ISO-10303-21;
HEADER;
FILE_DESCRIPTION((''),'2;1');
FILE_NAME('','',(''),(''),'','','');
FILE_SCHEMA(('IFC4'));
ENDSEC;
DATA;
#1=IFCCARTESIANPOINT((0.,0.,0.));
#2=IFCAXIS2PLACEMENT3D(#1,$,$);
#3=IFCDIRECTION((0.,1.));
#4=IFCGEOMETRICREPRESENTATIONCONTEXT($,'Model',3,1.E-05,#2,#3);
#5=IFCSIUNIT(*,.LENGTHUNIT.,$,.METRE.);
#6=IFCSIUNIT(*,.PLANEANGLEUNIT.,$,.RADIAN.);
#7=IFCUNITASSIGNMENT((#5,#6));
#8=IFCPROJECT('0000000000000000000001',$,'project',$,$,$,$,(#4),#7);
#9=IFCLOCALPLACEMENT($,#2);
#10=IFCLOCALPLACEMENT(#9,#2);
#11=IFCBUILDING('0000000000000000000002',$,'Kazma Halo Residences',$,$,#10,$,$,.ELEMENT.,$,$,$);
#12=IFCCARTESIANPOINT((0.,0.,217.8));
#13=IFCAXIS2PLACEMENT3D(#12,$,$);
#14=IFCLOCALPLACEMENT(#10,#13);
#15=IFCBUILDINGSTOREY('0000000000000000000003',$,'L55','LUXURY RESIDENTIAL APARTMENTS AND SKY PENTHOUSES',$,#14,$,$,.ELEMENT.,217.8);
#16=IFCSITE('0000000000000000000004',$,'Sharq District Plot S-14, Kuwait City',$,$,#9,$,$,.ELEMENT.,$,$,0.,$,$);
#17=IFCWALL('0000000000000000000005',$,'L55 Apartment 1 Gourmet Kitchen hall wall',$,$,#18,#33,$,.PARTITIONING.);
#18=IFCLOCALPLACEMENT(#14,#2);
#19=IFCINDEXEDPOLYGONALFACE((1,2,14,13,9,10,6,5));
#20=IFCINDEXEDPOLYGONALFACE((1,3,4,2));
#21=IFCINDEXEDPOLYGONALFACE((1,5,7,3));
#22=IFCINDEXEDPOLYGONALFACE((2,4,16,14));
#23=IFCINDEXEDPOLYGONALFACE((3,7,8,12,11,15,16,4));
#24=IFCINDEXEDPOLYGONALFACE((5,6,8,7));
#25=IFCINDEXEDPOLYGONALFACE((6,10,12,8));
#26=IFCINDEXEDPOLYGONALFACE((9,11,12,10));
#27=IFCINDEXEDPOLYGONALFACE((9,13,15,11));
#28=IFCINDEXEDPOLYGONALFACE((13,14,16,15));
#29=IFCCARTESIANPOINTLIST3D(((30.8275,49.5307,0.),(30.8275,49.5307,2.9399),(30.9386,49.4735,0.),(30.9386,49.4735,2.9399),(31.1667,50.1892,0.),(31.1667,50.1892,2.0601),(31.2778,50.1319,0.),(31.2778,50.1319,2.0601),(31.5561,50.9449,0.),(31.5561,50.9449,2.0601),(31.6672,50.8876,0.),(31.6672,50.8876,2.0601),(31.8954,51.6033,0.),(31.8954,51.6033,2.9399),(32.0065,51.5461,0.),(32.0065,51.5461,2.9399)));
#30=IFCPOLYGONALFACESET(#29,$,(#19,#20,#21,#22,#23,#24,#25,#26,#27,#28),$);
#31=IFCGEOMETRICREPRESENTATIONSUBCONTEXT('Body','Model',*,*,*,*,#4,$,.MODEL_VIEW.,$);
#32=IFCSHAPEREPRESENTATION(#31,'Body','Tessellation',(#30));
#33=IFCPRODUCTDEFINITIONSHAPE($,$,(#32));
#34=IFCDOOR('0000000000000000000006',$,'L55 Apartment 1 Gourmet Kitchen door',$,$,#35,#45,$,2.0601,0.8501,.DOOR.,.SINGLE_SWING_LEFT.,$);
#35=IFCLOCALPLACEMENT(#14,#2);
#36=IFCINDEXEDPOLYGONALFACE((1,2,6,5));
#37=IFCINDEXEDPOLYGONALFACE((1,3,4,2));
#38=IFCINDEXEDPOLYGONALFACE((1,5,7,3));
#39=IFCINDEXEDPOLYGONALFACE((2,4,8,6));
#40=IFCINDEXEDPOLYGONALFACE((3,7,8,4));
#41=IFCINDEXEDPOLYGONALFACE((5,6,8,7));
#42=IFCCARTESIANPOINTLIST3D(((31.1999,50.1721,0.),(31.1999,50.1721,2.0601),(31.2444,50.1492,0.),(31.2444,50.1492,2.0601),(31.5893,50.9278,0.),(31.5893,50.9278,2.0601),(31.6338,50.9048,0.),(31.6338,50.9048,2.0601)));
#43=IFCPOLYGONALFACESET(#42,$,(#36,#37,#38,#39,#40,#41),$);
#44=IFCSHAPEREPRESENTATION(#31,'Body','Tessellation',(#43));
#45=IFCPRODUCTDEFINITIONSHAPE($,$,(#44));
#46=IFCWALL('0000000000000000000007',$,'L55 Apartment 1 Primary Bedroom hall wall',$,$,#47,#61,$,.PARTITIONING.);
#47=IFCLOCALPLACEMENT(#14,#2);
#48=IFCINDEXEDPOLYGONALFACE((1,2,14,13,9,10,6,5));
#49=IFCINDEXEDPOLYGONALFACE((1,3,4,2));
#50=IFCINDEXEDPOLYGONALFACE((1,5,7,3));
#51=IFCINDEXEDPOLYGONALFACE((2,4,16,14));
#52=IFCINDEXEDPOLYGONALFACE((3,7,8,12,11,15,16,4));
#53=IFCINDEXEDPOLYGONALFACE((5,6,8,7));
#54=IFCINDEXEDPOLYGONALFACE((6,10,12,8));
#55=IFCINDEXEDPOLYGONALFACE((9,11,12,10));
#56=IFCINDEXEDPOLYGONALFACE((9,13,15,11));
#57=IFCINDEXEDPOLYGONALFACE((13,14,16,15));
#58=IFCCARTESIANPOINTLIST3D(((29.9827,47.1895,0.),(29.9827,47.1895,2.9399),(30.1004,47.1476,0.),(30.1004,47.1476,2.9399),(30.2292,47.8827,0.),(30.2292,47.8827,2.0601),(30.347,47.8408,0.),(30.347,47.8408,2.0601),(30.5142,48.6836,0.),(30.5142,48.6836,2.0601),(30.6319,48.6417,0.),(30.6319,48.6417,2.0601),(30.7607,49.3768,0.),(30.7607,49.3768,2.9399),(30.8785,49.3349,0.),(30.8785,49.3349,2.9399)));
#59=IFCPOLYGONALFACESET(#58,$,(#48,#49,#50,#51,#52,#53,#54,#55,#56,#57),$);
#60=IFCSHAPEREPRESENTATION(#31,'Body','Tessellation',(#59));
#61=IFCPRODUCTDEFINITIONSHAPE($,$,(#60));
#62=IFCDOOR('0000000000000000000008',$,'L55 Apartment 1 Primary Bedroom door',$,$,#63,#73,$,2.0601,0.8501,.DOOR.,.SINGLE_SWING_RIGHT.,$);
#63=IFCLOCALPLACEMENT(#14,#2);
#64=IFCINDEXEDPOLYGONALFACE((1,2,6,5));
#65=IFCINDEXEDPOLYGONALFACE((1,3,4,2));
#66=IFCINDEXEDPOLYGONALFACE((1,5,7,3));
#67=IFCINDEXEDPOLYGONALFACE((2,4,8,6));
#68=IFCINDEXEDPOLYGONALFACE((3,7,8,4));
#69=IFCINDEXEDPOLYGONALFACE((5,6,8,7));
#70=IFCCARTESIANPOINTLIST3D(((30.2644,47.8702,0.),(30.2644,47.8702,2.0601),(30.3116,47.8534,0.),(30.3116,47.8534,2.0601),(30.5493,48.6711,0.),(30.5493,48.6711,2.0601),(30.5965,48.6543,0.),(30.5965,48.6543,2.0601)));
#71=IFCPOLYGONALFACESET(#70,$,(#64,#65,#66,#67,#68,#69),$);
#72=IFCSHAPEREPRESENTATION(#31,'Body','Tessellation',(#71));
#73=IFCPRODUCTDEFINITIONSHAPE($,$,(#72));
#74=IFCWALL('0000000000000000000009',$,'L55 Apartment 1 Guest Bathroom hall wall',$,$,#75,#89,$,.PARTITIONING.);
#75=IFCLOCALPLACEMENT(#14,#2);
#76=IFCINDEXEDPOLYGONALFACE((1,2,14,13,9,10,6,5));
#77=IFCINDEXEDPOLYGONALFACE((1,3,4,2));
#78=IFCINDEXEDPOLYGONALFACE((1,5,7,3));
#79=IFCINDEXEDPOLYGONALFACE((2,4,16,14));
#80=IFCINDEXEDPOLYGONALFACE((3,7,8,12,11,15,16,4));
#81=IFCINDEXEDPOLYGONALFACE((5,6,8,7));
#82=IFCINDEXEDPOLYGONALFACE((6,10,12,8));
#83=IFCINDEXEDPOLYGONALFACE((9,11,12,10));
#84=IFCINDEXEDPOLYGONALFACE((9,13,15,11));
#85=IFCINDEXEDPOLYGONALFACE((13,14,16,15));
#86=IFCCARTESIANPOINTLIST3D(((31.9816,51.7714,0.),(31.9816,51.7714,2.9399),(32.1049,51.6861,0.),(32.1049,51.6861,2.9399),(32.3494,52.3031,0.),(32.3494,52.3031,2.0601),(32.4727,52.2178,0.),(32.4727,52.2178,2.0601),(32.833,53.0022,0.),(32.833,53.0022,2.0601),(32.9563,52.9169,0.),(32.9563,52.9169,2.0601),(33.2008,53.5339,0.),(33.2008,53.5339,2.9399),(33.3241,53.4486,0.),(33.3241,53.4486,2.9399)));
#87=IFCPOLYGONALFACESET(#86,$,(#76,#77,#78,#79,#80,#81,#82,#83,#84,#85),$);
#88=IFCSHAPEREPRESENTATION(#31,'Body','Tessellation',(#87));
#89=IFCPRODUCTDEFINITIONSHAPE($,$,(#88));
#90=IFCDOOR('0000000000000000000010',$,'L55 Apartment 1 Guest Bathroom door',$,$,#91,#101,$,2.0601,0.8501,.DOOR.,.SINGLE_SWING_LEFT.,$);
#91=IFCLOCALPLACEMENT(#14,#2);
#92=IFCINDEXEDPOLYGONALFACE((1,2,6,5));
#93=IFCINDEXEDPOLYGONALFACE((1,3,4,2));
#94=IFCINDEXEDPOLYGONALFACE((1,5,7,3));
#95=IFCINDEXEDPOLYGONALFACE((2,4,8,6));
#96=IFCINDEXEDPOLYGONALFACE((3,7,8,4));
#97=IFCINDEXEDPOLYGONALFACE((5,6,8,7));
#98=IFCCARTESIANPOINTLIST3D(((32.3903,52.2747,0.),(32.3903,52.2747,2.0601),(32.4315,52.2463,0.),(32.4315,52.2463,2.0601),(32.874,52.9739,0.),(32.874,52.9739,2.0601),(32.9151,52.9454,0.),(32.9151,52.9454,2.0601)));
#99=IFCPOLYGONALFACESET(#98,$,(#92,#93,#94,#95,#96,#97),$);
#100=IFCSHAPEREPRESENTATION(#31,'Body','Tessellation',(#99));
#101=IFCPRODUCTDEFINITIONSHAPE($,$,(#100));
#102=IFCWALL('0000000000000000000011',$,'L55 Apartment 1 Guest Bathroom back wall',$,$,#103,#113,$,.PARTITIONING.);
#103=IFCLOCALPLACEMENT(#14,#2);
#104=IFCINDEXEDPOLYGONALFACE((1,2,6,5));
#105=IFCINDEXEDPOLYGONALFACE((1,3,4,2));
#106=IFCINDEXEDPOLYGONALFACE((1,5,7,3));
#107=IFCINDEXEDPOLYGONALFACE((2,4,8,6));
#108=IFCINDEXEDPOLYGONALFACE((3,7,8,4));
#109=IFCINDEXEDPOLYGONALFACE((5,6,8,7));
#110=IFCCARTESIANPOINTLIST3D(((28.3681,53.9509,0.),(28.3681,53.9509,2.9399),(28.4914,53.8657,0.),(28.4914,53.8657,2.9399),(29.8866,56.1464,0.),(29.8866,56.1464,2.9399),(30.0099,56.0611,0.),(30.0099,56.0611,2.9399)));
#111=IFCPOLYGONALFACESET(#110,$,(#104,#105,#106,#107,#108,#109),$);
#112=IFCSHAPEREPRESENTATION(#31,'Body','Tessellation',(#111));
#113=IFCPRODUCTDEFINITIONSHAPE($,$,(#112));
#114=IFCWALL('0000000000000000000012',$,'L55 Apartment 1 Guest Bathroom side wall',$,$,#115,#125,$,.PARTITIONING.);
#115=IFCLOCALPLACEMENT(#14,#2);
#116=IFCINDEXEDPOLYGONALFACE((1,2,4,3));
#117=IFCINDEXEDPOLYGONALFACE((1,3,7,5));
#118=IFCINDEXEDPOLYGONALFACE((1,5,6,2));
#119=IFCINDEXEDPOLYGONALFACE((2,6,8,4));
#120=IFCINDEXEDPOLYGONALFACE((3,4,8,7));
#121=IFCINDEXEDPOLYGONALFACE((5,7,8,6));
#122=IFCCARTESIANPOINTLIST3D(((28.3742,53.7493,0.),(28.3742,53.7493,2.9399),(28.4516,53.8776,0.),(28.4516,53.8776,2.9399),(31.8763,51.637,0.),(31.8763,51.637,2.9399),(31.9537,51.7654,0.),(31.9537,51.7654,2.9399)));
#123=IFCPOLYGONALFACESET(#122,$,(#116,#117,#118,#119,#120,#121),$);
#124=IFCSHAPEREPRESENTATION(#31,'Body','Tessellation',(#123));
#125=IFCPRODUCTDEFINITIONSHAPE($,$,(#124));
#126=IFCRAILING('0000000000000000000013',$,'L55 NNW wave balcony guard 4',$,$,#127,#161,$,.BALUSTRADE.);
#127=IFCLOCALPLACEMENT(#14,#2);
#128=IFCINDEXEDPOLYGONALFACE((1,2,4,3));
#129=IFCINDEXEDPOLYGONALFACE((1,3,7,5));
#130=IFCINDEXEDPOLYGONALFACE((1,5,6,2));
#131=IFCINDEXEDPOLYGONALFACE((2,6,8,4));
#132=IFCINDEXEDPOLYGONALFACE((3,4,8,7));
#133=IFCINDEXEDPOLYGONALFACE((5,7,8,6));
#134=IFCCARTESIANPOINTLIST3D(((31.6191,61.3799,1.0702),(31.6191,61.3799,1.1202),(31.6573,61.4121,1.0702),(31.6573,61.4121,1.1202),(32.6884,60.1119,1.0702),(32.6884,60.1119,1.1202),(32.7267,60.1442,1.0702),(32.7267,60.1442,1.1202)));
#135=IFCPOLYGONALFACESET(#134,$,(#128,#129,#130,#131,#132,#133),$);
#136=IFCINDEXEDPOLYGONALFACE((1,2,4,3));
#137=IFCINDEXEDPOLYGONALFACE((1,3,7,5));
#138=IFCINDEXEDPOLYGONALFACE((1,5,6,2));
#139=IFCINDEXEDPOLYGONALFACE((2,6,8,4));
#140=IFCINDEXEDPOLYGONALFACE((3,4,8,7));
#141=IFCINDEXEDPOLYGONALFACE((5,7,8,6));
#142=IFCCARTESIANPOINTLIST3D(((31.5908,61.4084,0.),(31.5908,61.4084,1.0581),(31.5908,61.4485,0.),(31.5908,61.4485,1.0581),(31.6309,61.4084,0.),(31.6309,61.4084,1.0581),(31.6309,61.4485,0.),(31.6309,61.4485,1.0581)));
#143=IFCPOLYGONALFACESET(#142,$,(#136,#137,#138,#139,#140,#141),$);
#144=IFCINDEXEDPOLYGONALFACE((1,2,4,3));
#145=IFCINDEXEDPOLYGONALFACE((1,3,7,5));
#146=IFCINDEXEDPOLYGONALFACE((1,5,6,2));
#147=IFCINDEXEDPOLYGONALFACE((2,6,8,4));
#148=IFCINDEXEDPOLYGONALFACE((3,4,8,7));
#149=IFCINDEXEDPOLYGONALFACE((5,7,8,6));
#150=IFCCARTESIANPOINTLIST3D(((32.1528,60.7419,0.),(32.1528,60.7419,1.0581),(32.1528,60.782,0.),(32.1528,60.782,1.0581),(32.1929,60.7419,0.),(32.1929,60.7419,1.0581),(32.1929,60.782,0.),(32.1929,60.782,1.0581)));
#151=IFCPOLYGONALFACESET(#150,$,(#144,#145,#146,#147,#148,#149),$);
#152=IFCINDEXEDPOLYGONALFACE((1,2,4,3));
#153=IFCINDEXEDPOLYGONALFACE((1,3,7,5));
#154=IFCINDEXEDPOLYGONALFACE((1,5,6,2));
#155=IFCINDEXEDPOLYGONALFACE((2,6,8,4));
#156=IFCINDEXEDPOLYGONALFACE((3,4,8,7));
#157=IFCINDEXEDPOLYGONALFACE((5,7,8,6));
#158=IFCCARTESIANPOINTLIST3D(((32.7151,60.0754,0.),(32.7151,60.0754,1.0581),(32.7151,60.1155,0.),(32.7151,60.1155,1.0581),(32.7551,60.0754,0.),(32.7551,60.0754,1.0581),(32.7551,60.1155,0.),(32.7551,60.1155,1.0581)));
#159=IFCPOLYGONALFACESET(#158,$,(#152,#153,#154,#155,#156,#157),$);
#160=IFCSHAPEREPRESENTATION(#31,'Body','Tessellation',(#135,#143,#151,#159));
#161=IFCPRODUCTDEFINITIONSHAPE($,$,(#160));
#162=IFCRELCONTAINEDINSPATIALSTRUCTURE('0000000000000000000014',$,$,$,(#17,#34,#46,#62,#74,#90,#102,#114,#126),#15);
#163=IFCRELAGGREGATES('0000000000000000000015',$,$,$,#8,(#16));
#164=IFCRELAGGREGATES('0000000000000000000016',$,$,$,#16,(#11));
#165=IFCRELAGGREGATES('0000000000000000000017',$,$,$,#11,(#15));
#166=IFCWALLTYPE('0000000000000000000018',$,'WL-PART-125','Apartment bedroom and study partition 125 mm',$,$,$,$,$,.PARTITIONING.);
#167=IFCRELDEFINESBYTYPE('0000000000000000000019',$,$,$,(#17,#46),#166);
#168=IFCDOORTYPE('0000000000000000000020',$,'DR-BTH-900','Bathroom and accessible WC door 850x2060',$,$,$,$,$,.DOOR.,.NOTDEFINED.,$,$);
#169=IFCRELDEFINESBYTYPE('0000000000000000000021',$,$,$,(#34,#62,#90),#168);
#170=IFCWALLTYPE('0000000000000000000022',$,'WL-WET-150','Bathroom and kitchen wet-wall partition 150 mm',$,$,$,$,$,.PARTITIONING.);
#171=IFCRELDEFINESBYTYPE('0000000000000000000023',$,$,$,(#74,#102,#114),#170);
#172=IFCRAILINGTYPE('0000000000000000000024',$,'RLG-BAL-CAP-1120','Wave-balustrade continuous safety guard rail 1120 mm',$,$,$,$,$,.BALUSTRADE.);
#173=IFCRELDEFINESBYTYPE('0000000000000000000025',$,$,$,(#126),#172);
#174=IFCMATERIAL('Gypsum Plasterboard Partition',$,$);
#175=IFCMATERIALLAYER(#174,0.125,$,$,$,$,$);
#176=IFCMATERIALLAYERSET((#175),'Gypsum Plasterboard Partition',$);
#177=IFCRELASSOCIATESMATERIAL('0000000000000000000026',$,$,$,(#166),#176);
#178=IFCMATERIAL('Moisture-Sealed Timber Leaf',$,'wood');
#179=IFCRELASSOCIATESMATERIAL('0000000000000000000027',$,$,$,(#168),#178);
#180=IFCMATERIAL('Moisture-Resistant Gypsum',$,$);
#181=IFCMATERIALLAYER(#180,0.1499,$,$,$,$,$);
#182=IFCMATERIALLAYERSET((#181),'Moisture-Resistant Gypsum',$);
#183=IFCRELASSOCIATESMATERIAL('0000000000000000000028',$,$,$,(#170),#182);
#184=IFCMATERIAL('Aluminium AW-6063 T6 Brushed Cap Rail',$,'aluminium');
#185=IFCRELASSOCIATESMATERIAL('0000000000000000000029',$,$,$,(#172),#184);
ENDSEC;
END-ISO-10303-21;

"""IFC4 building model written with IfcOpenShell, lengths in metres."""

from ifc_helpers import new_model, si_unit, direction, frame, frame_2d, origin, origin_2d, place, context, subcontext, project, spatial, rectangle, extrude, material, layer, layer_set, type_object, element, fill, save


model = new_model("IFC4")

# Units and contexts
model_context = context("Model", 3, precision=1e-05, world=origin(), true_north=direction((0.0, 1.0)))
body_context = subcontext(model_context, "Body", "Model", "MODEL_VIEW")
ifc_project = project(units=[si_unit("LENGTHUNIT", "METRE"), si_unit("PLANEANGLEUNIT", "RADIAN")], contexts=[model_context])

# Site, building, storey
site_placement = place(None, origin())
site = spatial("IfcSite", under=ifc_project, at=site_placement, Name="Sharq District Plot S-14, Kuwait City", CompositionType="ELEMENT", RefElevation=0.0)
building_placement = place(site_placement, origin())
building = spatial("IfcBuilding", under=site, at=building_placement, Name="Kazma Halo Residences", CompositionType="ELEMENT")
storey_placement = place(building_placement, frame((0.0, 0.0, 217.8)))
storey = spatial("IfcBuildingStorey", under=building, at=storey_placement, Name="L55", Description="LUXURY RESIDENTIAL APARTMENTS AND SKY PENTHOUSES", CompositionType="ELEMENT", Elevation=217.8)

# Shared definitions
ifc_material_1 = material(Name="Gypsum Plasterboard Partition")
ifc_layer_1 = layer(ifc_material_1, 0.125)
ifc_layer_set_1 = layer_set([ifc_layer_1], Name="Gypsum Plasterboard Partition")
wall_type_1 = type_object("IfcWallType", Name="WL-PART-125", Description="Apartment bedroom and study partition 125 mm", PredefinedType="PARTITIONING", material=ifc_layer_set_1)

# Shared definitions
ifc_material_2 = material(Name="Moisture-Sealed Timber Leaf", Category="wood")
door_type_1 = type_object("IfcDoorType", Name="DR-BTH-900", Description="Bathroom and accessible WC door 850x2060", OperationType="NOTDEFINED", PredefinedType="DOOR", material=ifc_material_2)

# Walls, openings, doors
wall_1_placement = place(storey_placement, frame((31.9509, 51.5747, 0.0), z_axis=(0.0, 0.0, 1.0), x_axis=(-0.458029, -0.888937, 0.0)))
wall_1 = element("IfcWall", 1, at=wall_1_placement, inside=storey, type_object=wall_type_1, Name="L55 Apartment 1 Gourmet Kitchen hall wall", PredefinedType="PARTITIONING", context=body_context, shape_type="SweptSolid", body=[
    extrude(rectangle(XDim=2.3315, YDim=0.125, at=frame_2d((1.1658, 0.0))), origin(), (0.0, 0.0, 1.0), 2.9399),
])
opening_1_placement = place(wall_1_placement, frame((0.7407, 0.0, 0.0)))
opening_1 = element("IfcOpeningElement", 2, at=opening_1_placement, cuts=wall_1, PredefinedType="OPENING", context=body_context, shape_type="SweptSolid", body=[
    extrude(rectangle(XDim=0.8501, YDim=2.0601, at=frame_2d((0.425, 1.03))), frame((0.0, 0.0725, 0.0), z_axis=(0.0, -1.0, 0.0), x_axis=(1.0, 0.0, 0.0)), (0.0, 0.0, 1.0), 0.145),
])
door_1_placement = place(opening_1_placement, origin())
door_1 = element("IfcDoor", 3, at=door_1_placement, inside=storey, type_object=door_type_1, Name="L55 Apartment 1 Gourmet Kitchen door", OperationType="SINGLE_SWING_LEFT", OverallHeight=2.0601, OverallWidth=0.8501, PredefinedType="DOOR", context=body_context, shape_type="SweptSolid", body=[
    extrude(rectangle(XDim=0.8501, YDim=2.0601, at=frame_2d((0.425, 1.03))), frame((0.0, 0.0249, 0.0), z_axis=(0.0, -1.0, 0.0), x_axis=(1.0, 0.0, 0.0)), (0.0, 0.0, 1.0), 0.05),
])
fill(opening_1, door_1)
wall_2_placement = place(storey_placement, frame((30.8196, 49.3557, 0.0), z_axis=(0.0, 0.0, 1.0), x_axis=(-0.335157, -0.942162, 0.0)))
wall_2 = element("IfcWall", 4, at=wall_2_placement, inside=storey, type_object=wall_type_1, Name="L55 Apartment 1 Primary Bedroom hall wall", PredefinedType="PARTITIONING", context=body_context, shape_type="SweptSolid", body=[
    extrude(rectangle(XDim=2.3215, YDim=0.125, at=frame_2d((1.1606, 0.0))), origin(), (0.0, 0.0, 1.0), 2.9399),
])
opening_2_placement = place(wall_2_placement, frame((0.7356, 0.0, 0.0)))
opening_2 = element("IfcOpeningElement", 5, at=opening_2_placement, cuts=wall_2, PredefinedType="OPENING", context=body_context, shape_type="SweptSolid", body=[
    extrude(rectangle(XDim=0.8501, YDim=2.0601, at=frame_2d((0.425, 1.03))), frame((0.0, 0.0725, 0.0), z_axis=(0.0, -1.0, 0.0), x_axis=(1.0, 0.0, 0.0)), (0.0, 0.0, 1.0), 0.145),
])
door_2_placement = place(opening_2_placement, origin())
door_2 = element("IfcDoor", 6, at=door_2_placement, inside=storey, type_object=door_type_1, Name="L55 Apartment 1 Primary Bedroom door", OperationType="SINGLE_SWING_RIGHT", OverallHeight=2.0601, OverallWidth=0.8501, PredefinedType="DOOR", context=body_context, shape_type="SweptSolid", body=[
    extrude(rectangle(XDim=0.8501, YDim=2.0601, at=frame_2d((0.425, 1.03))), frame((0.0, 0.0249, 0.0), z_axis=(0.0, -1.0, 0.0), x_axis=(1.0, 0.0, 0.0)), (0.0, 0.0, 1.0), 0.05),
])
fill(opening_2, door_2)
ifc_material_3 = material(Name="Moisture-Resistant Gypsum")
ifc_layer_2 = layer(ifc_material_3, 0.1499)
ifc_layer_set_2 = layer_set([ifc_layer_2], Name="Moisture-Resistant Gypsum")
wall_type_2 = type_object("IfcWallType", Name="WL-WET-150", Description="Bathroom and kitchen wet-wall partition 150 mm", PredefinedType="PARTITIONING", material=ifc_layer_set_2)
wall_3_placement = place(storey_placement, frame((33.2625, 53.4912, 0.0), z_axis=(0.0, 0.0, 1.0), x_axis=(-0.56892, -0.822393, 0.0)))
wall_3 = element("IfcWall", 7, at=wall_3_placement, inside=storey, type_object=wall_type_2, Name="L55 Apartment 1 Guest Bathroom hall wall", PredefinedType="PARTITIONING", context=body_context, shape_type="SweptSolid", body=[
    extrude(rectangle(XDim=2.1431, YDim=0.1499, at=frame_2d((1.0715, 0.0))), origin(), (0.0, 0.0, 1.0), 2.9399),
])
opening_3_placement = place(wall_3_placement, frame((0.6465, 0.0, 0.0)))
opening_3 = element("IfcOpeningElement", 8, at=opening_3_placement, cuts=wall_3, PredefinedType="OPENING", context=body_context, shape_type="SweptSolid", body=[
    extrude(rectangle(XDim=0.8501, YDim=2.0601, at=frame_2d((0.425, 1.03))), frame((0.0, 0.085, 0.0), z_axis=(0.0, -1.0, 0.0), x_axis=(1.0, 0.0, 0.0)), (0.0, 0.0, 1.0), 0.1699),
])
door_3_placement = place(opening_3_placement, origin())
door_3 = element("IfcDoor", 9, at=door_3_placement, inside=storey, type_object=door_type_1, Name="L55 Apartment 1 Guest Bathroom door", OperationType="SINGLE_SWING_LEFT", OverallHeight=2.0601, OverallWidth=0.8501, PredefinedType="DOOR", context=body_context, shape_type="SweptSolid", body=[
    extrude(rectangle(XDim=0.8501, YDim=2.0601, at=frame_2d((0.425, 1.03))), frame((0.0, 0.0249, 0.0), z_axis=(0.0, -1.0, 0.0), x_axis=(1.0, 0.0, 0.0)), (0.0, 0.0, 1.0), 0.05),
])
fill(opening_3, door_3)

# Walls
wall_4_placement = place(storey_placement, frame((29.9482, 56.1038, 0.0), z_axis=(0.0, 0.0, 1.0), x_axis=(-0.568844, -0.822446, 0.0)))
element("IfcWall", 10, at=wall_4_placement, inside=storey, type_object=wall_type_2, Name="L55 Apartment 1 Guest Bathroom back wall", PredefinedType="PARTITIONING", context=body_context, shape_type="SweptSolid", body=[
    extrude(rectangle(XDim=2.6694, YDim=0.1499, at=frame_2d((1.3347, 0.0))), origin(), (0.0, 0.0, 1.0), 2.9399),
])
wall_5_placement = place(storey_placement, frame((31.915, 51.7012, 0.0), z_axis=(0.0, 0.0, 1.0), x_axis=(-0.856306, 0.51647, 0.0)))
element("IfcWall", 11, at=wall_5_placement, inside=storey, type_object=wall_type_2, Name="L55 Apartment 1 Guest Bathroom side wall", PredefinedType="PARTITIONING", context=body_context, shape_type="SweptSolid", body=[
    extrude(rectangle(XDim=4.0898, YDim=0.1499, at=frame_2d((2.0449, 0.0))), origin(), (0.0, 0.0, 1.0), 2.9399),
])

# Railing
ifc_material_4 = material(Name="Aluminium AW-6063 T6 Brushed Cap Rail", Category="aluminium")
railing_type = type_object("IfcRailingType", Name="RLG-BAL-CAP-1120", Description="Wave-balustrade continuous safety guard rail 1120 mm", PredefinedType="BALUSTRADE", material=ifc_material_4)
railing_1_placement = place(storey_placement, frame((31.6108, 61.4285, 0.0)))
element("IfcRailing", 12, at=railing_1_placement, inside=storey, type_object=railing_type, Name="L55 NNW wave balcony guard 4", PredefinedType="BALUSTRADE", context=body_context, shape_type="SweptSolid", body=[
    extrude(rectangle(XDim=0.05, YDim=0.05, at=origin_2d()), frame((0.0273, -0.0325, 1.0952), z_axis=(0.644718, -0.764421, 0.0), x_axis=(0.764421, 0.644718, 0.0)), (0.0, 0.0, 1.0), 1.6587),
    extrude(rectangle(XDim=0.04, YDim=0.04, at=origin_2d()), origin(), (0.0, 0.0, 1.0), 1.0581),
    extrude(rectangle(XDim=0.04, YDim=0.04, at=origin_2d()), frame((0.562, -0.6665, 0.0)), (0.0, 0.0, 1.0), 1.0581),
    extrude(rectangle(XDim=0.04, YDim=0.04, at=origin_2d()), frame((1.1243, -1.333, 0.0)), (0.0, 0.0, 1.0), 1.0581),
])

save(model, "model.ifc")
